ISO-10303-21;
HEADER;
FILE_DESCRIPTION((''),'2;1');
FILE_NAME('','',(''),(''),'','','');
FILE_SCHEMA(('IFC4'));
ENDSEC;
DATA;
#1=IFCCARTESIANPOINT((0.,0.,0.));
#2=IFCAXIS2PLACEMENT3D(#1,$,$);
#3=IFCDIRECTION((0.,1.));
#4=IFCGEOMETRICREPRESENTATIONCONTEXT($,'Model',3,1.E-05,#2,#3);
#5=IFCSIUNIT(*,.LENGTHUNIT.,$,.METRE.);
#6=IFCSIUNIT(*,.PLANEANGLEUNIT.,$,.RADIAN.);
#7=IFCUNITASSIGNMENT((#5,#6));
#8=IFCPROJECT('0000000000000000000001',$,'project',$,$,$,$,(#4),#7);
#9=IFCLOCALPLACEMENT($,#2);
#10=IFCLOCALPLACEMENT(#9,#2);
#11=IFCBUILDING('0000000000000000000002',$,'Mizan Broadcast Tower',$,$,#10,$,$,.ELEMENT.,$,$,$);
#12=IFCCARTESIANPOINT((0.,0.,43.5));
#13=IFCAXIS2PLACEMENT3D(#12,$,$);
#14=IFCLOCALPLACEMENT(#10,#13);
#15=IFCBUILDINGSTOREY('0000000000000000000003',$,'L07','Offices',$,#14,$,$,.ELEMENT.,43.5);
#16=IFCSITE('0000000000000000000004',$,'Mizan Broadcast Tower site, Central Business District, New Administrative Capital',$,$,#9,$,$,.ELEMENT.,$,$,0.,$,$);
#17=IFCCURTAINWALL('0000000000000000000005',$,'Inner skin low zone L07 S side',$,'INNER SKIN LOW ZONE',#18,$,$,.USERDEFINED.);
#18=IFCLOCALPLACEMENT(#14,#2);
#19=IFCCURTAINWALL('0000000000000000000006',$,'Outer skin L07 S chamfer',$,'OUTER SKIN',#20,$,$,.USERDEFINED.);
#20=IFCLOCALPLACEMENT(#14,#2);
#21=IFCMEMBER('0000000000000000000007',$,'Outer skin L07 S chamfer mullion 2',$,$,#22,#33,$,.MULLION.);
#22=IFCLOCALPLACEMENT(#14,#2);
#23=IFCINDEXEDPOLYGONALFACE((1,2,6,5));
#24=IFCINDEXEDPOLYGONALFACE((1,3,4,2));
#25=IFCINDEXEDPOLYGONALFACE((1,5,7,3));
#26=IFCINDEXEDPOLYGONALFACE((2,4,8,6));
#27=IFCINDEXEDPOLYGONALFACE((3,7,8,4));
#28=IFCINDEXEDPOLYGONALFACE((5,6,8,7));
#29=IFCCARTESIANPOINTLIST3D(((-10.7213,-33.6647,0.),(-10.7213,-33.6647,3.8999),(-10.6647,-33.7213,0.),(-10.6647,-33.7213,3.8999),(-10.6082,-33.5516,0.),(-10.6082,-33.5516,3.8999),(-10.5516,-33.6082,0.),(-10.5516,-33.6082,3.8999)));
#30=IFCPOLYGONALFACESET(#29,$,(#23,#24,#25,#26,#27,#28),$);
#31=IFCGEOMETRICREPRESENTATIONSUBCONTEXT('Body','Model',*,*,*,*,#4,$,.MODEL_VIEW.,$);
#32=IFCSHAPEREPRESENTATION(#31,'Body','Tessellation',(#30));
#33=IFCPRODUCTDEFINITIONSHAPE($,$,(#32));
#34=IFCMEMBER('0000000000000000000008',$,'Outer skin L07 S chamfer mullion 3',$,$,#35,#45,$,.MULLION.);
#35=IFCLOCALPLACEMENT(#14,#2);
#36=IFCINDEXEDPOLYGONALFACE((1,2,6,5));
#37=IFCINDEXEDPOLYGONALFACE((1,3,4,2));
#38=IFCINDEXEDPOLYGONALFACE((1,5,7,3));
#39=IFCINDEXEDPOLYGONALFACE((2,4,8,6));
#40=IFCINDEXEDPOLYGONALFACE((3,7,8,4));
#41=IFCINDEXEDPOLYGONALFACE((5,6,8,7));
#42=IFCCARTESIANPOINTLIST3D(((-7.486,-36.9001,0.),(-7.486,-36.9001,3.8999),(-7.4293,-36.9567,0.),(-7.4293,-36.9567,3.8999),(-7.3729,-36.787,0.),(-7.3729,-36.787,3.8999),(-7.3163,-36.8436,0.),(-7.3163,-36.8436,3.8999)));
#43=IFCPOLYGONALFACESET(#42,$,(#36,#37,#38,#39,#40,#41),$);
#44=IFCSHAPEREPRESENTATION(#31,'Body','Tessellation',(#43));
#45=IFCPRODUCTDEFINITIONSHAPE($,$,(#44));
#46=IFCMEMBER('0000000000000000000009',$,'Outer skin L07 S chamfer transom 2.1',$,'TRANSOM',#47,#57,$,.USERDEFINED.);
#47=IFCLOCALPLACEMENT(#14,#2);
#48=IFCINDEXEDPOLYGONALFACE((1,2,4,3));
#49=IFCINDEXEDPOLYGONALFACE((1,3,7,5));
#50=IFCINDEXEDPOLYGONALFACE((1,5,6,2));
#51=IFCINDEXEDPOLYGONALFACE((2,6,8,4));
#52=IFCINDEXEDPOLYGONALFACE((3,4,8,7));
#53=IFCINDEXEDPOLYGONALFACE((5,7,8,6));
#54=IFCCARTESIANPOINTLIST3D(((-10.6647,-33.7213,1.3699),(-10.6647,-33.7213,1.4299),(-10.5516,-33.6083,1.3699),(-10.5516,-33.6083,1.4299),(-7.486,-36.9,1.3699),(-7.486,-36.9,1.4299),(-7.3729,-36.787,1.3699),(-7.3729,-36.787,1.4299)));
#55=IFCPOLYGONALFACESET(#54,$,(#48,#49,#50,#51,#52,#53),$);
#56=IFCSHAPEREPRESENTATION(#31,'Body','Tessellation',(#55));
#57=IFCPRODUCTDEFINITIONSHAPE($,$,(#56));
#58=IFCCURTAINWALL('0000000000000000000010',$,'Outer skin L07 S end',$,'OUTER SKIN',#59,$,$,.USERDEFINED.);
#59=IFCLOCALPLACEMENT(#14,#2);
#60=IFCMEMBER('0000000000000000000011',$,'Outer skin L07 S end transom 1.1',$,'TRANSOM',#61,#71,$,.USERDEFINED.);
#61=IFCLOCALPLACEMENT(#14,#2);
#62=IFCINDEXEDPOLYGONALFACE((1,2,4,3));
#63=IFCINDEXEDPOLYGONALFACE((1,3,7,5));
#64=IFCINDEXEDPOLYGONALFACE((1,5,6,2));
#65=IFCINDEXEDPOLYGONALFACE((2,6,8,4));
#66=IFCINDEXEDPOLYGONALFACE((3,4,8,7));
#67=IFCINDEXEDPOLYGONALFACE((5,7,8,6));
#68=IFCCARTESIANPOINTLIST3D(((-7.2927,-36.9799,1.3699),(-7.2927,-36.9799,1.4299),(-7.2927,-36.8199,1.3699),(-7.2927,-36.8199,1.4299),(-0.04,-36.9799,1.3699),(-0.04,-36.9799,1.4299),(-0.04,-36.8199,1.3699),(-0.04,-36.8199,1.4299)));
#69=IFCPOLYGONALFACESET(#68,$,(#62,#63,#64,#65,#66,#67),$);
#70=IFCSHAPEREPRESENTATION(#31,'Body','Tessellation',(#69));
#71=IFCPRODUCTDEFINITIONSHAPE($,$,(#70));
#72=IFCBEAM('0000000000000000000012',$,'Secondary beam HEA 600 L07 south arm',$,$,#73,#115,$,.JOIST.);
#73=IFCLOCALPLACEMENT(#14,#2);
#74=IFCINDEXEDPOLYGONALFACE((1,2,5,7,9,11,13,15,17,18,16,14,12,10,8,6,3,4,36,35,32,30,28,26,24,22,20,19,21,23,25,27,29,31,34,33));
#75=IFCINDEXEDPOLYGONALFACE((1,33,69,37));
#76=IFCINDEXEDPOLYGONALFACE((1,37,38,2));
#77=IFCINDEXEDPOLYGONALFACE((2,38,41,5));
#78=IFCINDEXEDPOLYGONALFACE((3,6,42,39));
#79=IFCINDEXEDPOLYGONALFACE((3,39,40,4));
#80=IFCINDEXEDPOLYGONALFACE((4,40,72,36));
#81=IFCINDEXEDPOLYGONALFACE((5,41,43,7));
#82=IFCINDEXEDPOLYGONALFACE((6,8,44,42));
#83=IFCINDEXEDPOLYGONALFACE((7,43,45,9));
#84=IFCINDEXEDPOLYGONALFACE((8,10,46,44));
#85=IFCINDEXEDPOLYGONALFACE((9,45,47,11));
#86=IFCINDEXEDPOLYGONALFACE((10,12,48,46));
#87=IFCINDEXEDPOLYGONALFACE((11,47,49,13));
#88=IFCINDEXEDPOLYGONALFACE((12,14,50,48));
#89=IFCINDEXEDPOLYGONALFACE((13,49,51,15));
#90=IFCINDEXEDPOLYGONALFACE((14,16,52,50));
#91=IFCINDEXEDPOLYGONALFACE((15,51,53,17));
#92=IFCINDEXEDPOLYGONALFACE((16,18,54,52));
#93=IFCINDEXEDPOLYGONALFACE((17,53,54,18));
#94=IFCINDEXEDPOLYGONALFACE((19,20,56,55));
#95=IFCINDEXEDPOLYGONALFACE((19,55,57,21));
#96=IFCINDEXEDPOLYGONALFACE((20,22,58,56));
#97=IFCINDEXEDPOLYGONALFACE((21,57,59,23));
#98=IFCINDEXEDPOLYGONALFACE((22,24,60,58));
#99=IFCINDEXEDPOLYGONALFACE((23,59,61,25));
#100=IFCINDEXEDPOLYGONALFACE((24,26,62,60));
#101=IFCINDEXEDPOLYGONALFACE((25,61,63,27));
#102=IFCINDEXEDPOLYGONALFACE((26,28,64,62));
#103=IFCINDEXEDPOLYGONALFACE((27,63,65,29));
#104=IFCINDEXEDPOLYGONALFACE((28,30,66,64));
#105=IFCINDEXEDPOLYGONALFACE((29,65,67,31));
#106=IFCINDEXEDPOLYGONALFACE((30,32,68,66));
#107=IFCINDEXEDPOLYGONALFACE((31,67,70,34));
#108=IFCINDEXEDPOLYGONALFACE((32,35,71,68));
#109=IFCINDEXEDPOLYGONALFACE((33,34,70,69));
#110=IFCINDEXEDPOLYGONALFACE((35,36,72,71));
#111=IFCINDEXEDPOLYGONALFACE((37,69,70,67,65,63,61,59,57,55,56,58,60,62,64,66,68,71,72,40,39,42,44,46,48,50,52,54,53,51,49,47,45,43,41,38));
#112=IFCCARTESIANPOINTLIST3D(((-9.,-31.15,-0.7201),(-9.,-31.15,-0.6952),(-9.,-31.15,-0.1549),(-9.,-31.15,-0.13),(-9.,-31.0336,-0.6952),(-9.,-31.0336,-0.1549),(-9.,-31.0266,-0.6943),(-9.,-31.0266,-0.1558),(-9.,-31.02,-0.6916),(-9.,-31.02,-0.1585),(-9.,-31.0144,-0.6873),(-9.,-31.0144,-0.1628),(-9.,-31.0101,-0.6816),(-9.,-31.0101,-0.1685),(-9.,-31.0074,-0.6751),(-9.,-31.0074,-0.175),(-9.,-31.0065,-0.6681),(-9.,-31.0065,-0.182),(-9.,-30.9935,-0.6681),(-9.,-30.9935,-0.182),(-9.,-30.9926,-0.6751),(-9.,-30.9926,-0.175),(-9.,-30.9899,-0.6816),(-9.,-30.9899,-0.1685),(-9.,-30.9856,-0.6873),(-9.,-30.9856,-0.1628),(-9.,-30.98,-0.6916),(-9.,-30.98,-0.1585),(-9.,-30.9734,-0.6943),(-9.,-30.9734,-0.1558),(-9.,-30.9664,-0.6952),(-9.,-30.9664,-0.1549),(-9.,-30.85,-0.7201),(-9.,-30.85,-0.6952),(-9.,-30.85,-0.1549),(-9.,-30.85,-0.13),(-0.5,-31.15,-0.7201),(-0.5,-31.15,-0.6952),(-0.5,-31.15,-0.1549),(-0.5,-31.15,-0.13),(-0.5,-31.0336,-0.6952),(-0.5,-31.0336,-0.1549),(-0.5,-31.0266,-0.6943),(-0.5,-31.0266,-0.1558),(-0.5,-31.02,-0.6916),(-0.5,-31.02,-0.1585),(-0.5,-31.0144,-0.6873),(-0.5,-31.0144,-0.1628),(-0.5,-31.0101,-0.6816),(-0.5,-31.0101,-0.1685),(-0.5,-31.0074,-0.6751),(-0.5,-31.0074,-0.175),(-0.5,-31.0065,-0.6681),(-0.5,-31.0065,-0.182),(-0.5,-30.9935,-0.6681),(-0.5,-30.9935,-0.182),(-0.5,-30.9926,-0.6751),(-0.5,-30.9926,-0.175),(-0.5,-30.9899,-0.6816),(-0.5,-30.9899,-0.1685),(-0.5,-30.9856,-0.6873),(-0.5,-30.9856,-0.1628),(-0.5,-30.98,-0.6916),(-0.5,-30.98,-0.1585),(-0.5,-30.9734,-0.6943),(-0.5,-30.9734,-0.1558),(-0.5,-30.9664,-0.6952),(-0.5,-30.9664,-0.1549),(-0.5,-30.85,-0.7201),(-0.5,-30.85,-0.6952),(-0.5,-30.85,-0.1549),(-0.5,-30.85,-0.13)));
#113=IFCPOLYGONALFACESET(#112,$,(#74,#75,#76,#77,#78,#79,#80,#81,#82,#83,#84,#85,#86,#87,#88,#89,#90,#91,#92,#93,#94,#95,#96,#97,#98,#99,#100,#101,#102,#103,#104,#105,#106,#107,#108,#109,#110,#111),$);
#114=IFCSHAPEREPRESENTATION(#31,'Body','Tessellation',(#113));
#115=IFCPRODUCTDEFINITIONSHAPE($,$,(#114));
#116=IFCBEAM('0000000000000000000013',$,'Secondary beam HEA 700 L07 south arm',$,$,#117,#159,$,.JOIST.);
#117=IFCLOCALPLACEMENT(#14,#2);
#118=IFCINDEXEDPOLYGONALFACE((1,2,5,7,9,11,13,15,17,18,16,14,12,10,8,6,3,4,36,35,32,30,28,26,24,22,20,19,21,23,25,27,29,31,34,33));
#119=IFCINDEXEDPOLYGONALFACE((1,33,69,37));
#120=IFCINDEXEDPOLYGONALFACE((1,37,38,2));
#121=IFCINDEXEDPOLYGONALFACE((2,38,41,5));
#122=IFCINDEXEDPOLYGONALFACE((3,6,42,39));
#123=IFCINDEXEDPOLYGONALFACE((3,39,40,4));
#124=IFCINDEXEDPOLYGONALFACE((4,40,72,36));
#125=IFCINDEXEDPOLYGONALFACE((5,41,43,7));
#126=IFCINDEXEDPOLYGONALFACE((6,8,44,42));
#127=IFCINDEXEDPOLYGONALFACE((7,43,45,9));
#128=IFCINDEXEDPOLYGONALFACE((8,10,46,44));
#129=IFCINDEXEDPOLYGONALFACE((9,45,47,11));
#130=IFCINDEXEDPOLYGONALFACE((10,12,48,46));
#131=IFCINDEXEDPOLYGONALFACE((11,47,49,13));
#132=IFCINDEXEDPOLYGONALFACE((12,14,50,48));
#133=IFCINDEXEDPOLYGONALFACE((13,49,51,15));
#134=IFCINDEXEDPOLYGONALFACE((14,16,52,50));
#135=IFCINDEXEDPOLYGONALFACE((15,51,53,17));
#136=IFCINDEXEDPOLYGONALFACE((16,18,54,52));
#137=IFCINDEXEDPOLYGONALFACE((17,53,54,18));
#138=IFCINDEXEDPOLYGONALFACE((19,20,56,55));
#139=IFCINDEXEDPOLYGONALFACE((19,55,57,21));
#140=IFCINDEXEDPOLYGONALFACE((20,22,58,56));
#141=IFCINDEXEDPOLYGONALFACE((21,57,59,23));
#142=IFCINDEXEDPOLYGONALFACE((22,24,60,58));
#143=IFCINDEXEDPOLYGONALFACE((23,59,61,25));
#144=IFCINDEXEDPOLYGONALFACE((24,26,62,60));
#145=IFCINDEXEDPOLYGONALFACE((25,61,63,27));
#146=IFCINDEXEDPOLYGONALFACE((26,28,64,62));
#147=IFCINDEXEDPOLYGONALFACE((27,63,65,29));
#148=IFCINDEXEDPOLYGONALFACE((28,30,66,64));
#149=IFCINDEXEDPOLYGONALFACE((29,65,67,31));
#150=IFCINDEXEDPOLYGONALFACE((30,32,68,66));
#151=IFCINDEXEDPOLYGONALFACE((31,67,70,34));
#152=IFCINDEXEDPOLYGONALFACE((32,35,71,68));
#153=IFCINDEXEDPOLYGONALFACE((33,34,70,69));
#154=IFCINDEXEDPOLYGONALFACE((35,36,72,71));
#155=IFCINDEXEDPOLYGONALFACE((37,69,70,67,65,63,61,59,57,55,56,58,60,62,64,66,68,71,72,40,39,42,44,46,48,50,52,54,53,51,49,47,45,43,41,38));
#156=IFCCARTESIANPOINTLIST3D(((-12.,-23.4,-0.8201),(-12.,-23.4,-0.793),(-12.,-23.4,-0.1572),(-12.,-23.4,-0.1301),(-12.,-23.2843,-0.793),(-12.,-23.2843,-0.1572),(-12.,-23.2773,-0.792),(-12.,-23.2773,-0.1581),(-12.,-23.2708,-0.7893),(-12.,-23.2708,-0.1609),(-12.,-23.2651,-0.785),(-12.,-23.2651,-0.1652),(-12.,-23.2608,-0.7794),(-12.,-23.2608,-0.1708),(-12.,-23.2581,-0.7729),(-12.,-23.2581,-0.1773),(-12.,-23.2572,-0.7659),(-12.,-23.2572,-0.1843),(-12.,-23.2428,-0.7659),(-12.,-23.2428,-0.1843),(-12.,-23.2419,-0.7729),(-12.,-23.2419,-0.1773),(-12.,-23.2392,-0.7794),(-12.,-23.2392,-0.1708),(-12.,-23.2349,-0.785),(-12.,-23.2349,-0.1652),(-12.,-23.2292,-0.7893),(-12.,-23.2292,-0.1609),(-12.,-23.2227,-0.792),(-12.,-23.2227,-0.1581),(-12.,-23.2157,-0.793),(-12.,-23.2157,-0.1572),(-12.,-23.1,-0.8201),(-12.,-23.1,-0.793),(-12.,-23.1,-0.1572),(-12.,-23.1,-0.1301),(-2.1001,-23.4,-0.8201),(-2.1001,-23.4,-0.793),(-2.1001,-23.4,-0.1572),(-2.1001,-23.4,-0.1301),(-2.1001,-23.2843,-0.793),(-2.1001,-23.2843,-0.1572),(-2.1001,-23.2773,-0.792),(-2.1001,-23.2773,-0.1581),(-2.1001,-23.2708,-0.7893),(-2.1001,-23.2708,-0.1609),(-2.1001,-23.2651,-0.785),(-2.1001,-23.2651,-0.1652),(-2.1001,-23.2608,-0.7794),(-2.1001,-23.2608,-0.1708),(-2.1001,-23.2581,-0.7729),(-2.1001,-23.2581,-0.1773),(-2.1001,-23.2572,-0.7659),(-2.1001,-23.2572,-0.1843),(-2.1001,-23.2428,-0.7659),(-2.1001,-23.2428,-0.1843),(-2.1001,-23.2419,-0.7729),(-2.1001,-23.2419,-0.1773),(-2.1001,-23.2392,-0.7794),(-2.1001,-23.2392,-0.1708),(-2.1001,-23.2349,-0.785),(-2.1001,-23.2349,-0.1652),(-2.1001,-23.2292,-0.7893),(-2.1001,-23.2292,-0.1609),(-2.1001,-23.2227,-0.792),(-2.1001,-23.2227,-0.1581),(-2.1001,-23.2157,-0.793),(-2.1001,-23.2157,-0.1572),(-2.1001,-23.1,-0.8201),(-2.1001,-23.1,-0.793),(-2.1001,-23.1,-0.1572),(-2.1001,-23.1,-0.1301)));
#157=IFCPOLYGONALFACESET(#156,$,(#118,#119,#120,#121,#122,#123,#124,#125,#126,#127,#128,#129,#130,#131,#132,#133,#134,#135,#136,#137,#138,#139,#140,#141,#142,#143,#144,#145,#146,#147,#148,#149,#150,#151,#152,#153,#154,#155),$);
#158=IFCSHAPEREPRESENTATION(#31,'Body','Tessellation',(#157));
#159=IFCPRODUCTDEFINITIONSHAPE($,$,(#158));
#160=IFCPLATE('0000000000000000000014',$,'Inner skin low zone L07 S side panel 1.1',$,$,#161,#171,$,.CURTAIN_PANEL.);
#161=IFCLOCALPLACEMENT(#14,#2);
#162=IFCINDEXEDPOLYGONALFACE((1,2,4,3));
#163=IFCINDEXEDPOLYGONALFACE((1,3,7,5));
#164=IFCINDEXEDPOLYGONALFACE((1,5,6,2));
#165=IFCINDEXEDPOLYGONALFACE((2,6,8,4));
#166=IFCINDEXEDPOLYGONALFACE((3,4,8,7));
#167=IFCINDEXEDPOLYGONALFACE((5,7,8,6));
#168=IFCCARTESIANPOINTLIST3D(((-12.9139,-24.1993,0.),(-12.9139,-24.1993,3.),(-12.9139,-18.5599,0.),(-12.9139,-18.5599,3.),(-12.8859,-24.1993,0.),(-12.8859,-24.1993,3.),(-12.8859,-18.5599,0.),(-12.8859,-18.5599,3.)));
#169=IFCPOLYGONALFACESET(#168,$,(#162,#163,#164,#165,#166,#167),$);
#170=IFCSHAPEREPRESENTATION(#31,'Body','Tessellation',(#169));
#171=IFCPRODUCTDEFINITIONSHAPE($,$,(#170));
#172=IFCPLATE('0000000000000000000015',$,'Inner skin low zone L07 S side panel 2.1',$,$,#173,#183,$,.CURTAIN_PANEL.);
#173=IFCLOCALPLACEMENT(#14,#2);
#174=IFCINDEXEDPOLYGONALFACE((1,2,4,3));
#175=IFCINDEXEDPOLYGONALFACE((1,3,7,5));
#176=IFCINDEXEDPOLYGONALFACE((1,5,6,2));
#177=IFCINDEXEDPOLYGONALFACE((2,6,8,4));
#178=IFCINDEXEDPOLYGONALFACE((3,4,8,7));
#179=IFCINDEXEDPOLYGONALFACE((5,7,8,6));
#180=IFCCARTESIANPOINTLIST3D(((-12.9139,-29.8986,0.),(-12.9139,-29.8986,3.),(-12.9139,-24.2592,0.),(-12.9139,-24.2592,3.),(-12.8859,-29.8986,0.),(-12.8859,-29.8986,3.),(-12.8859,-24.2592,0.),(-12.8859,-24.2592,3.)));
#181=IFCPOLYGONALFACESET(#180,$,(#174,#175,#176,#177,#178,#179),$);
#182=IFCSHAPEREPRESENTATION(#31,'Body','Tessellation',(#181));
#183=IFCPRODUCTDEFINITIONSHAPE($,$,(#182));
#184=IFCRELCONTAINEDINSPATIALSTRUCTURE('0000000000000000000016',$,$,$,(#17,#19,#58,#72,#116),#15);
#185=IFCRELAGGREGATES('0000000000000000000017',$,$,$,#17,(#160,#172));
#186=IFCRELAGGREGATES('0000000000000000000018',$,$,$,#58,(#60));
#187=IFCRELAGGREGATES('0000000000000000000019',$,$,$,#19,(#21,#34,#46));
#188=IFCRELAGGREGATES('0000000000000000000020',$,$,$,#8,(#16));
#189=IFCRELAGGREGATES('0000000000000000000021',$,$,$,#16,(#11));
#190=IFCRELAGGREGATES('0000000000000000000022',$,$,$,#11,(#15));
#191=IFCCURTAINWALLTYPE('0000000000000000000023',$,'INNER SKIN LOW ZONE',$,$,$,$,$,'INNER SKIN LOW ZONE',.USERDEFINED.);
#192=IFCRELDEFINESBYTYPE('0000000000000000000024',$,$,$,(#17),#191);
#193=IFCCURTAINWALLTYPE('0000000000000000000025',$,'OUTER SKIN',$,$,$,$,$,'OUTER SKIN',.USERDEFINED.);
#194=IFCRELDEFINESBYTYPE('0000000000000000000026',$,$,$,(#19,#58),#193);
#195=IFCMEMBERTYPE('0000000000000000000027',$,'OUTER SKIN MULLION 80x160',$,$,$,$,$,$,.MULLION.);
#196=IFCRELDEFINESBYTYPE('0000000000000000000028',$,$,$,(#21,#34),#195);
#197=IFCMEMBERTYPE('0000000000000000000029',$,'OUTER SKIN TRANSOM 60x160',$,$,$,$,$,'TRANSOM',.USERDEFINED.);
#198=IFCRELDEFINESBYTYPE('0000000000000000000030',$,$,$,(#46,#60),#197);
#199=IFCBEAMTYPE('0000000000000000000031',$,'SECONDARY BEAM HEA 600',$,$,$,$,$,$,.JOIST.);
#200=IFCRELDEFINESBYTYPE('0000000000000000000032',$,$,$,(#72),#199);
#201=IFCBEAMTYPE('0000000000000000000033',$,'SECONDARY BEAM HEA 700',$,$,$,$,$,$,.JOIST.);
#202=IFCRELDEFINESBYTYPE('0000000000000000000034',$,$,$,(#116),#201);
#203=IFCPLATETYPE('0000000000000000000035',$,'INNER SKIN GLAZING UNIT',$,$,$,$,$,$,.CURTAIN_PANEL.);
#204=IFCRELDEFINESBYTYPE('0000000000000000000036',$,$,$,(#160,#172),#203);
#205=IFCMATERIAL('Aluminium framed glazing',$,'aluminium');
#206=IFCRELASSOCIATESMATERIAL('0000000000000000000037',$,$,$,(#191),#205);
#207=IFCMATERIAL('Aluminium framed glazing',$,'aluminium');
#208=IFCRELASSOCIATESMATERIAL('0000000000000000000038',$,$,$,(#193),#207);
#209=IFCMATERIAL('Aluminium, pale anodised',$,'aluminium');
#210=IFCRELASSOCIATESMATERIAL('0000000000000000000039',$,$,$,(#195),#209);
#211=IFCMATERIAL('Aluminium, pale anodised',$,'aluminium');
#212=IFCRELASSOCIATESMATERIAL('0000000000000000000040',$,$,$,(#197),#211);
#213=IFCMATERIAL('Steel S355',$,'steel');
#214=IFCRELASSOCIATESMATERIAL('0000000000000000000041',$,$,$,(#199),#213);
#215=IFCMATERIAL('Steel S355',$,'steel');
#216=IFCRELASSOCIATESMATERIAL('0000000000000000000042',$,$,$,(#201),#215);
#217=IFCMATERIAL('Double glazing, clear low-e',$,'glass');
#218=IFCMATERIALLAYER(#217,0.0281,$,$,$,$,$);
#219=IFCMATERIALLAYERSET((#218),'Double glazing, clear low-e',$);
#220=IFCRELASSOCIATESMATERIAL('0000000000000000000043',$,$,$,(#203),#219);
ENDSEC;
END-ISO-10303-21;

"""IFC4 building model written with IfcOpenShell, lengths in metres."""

from ifc_helpers import new_model, si_unit, direction, frame, origin, origin_2d, place, context, subcontext, project, spatial, rectangle, i_section, extrude, material, layer, layer_set, material_profile, profile_set, type_object, element, aggregate, save


model = new_model("IFC4")

# Units and contexts
model_context = context("Model", 3, precision=1e-05, world=origin(), true_north=direction((0.0, 1.0)))
body_context = subcontext(model_context, "Body", "Model", "MODEL_VIEW")
ifc_project = project(units=[si_unit("LENGTHUNIT", "METRE"), si_unit("PLANEANGLEUNIT", "RADIAN")], contexts=[model_context])

# Site, building, storey
site_placement = place(None, origin())
site = spatial("IfcSite", under=ifc_project, at=site_placement, Name="Mizan Broadcast Tower site, Central Business District, New Administrative Capital", CompositionType="ELEMENT", RefElevation=0.0)
building_placement = place(site_placement, origin())
building = spatial("IfcBuilding", under=site, at=building_placement, Name="Mizan Broadcast Tower", CompositionType="ELEMENT")
storey_placement = place(building_placement, frame((0.0, 0.0, 43.5)))
storey = spatial("IfcBuildingStorey", under=building, at=storey_placement, Name="L07", Description="Offices", CompositionType="ELEMENT", Elevation=43.5)

# Curtain wall
ifc_material_1 = material(Name="Aluminium framed glazing", Category="aluminium")
curtain_wall_type_1 = type_object("IfcCurtainWallType", Name="INNER SKIN LOW ZONE", ElementType="INNER SKIN LOW ZONE", PredefinedType="USERDEFINED", material=ifc_material_1)
curtain_wall_1_placement = place(storey_placement, origin())
curtain_wall_1 = element("IfcCurtainWall", 1, at=curtain_wall_1_placement, inside=storey, type_object=curtain_wall_type_1, Name="Inner skin low zone L07 S side", ObjectType="INNER SKIN LOW ZONE", PredefinedType="USERDEFINED")

# Curtain wall, members
ifc_material_2 = material(Name="Aluminium framed glazing", Category="aluminium")
curtain_wall_type_2 = type_object("IfcCurtainWallType", Name="OUTER SKIN", ElementType="OUTER SKIN", PredefinedType="USERDEFINED", material=ifc_material_2)
curtain_wall_2_placement = place(storey_placement, origin())
curtain_wall_2 = element("IfcCurtainWall", 2, at=curtain_wall_2_placement, inside=storey, type_object=curtain_wall_type_2, Name="Outer skin L07 S chamfer", ObjectType="OUTER SKIN", PredefinedType="USERDEFINED")
ifc_material_3 = material(Name="Aluminium, pale anodised", Category="aluminium")
ifc_material_profile_1 = material_profile(ifc_material_3, rectangle(XDim=0.1599, YDim=0.0801, at=origin_2d()), Name="MULLION 160x80")
ifc_profile_set_1 = profile_set([ifc_material_profile_1], Name="Aluminium, pale anodised")
member_type_1 = type_object("IfcMemberType", Name="OUTER SKIN MULLION 80x160", PredefinedType="MULLION", material=ifc_profile_set_1)
member_1_placement = place(storey_placement, frame((-10.6365, -33.6365, 0.0), z_axis=(0.0, 0.0, 1.0), x_axis=(0.707107, 0.707107, 0.0)))
member_1 = element("IfcMember", 3, at=member_1_placement, type_object=member_type_1, Name="Outer skin L07 S chamfer mullion 2", PredefinedType="MULLION", context=body_context, shape_type="SweptSolid", body=[
    extrude(rectangle(XDim=0.1599, YDim=0.0801, at=origin_2d()), origin(), (0.0, 0.0, 1.0), 3.8999),
])
member_2_placement = place(storey_placement, frame((-7.4011, -36.8718, 0.0), z_axis=(0.0, 0.0, 1.0), x_axis=(0.707107, 0.707107, 0.0)))
member_2 = element("IfcMember", 4, at=member_2_placement, type_object=member_type_1, Name="Outer skin L07 S chamfer mullion 3", PredefinedType="MULLION", context=body_context, shape_type="SweptSolid", body=[
    extrude(rectangle(XDim=0.1599, YDim=0.0801, at=origin_2d()), origin(), (0.0, 0.0, 1.0), 3.8999),
])
ifc_material_4 = material(Name="Aluminium, pale anodised", Category="aluminium")
ifc_material_profile_2 = material_profile(ifc_material_4, rectangle(XDim=0.1599, YDim=0.0601, at=origin_2d()), Name="TRANSOM 160x60")
ifc_profile_set_2 = profile_set([ifc_material_profile_2], Name="Aluminium, pale anodised")
member_type_2 = type_object("IfcMemberType", Name="OUTER SKIN TRANSOM 60x160", ElementType="TRANSOM", PredefinedType="USERDEFINED", material=ifc_profile_set_2)
member_3_placement = place(storey_placement, frame((-10.6082, -33.6648, 1.3999), z_axis=(0.707107, -0.707107, 0.0), x_axis=(0.707107, 0.707107, 0.0)))
member_3 = element("IfcMember", 5, at=member_3_placement, type_object=member_type_2, Name="Outer skin L07 S chamfer transom 2.1", ObjectType="TRANSOM", PredefinedType="USERDEFINED", context=body_context, shape_type="SweptSolid", body=[
    extrude(rectangle(XDim=0.1599, YDim=0.0601, at=origin_2d()), origin(), (0.0, 0.0, 1.0), 4.4954),
])

# Curtain wall, member
curtain_wall_3_placement = place(storey_placement, origin())
curtain_wall_3 = element("IfcCurtainWall", 6, at=curtain_wall_3_placement, inside=storey, type_object=curtain_wall_type_2, Name="Outer skin L07 S end", ObjectType="OUTER SKIN", PredefinedType="USERDEFINED")
member_4_placement = place(storey_placement, frame((-7.2927, -36.8999, 1.3999), z_axis=(1.0, 0.0, 0.0), x_axis=(0.0, 1.0, 0.0)))
member_4 = element("IfcMember", 7, at=member_4_placement, type_object=member_type_2, Name="Outer skin L07 S end transom 1.1", ObjectType="TRANSOM", PredefinedType="USERDEFINED", context=body_context, shape_type="SweptSolid", body=[
    extrude(rectangle(XDim=0.1599, YDim=0.0601, at=origin_2d()), origin(), (0.0, 0.0, 1.0), 7.2527),
])

# Beams
ifc_material_5 = material(Name="Steel S355", Category="steel")
ifc_material_profile_3 = material_profile(ifc_material_5, i_section(OverallWidth=0.3, OverallDepth=0.5901, WebThickness=0.0129, FlangeThickness=0.0249, FilletRadius=0.0271, at=origin_2d()), Name="HEA 600")
ifc_profile_set_3 = profile_set([ifc_material_profile_3], Name="Steel S355")
beam_type_1 = type_object("IfcBeamType", Name="SECONDARY BEAM HEA 600", PredefinedType="JOIST", material=ifc_profile_set_3)
beam_1_placement = place(storey_placement, frame((-9.0, -31.0, -0.425), z_axis=(1.0, 0.0, 0.0), x_axis=(0.0, 1.0, 0.0)))
element("IfcBeam", 8, at=beam_1_placement, inside=storey, type_object=beam_type_1, Name="Secondary beam HEA 600 L07 south arm", PredefinedType="JOIST", context=body_context, shape_type="SweptSolid", body=[
    extrude(i_section(OverallWidth=0.3, OverallDepth=0.5901, WebThickness=0.0129, FlangeThickness=0.0249, FilletRadius=0.0271, at=origin_2d()), origin(), (0.0, 0.0, 1.0), 8.5),
])
ifc_material_6 = material(Name="Steel S355", Category="steel")
ifc_material_profile_4 = material_profile(ifc_material_6, i_section(OverallWidth=0.3, OverallDepth=0.6899, WebThickness=0.0144, FlangeThickness=0.0271, FilletRadius=0.0271, at=origin_2d()), Name="HEA 700")
ifc_profile_set_4 = profile_set([ifc_material_profile_4], Name="Steel S355")
beam_type_2 = type_object("IfcBeamType", Name="SECONDARY BEAM HEA 700", PredefinedType="JOIST", material=ifc_profile_set_4)
beam_2_placement = place(storey_placement, frame((-12.0, -23.25, -0.4751), z_axis=(1.0, 0.0, 0.0), x_axis=(0.0, 1.0, 0.0)))
element("IfcBeam", 9, at=beam_2_placement, inside=storey, type_object=beam_type_2, Name="Secondary beam HEA 700 L07 south arm", PredefinedType="JOIST", context=body_context, shape_type="SweptSolid", body=[
    extrude(i_section(OverallWidth=0.3, OverallDepth=0.6899, WebThickness=0.0144, FlangeThickness=0.0271, FilletRadius=0.0271, at=origin_2d()), origin(), (0.0, 0.0, 1.0), 9.8999),
])

# Plates
ifc_material_7 = material(Name="Double glazing, clear low-e", Category="glass")
ifc_layer_1 = layer(ifc_material_7, 0.0281)
ifc_layer_set_1 = layer_set([ifc_layer_1], Name="Double glazing, clear low-e")
plate_type_1 = type_object("IfcPlateType", Name="INNER SKIN GLAZING UNIT", PredefinedType="CURTAIN_PANEL", material=ifc_layer_set_1)
plate_1_placement = place(storey_placement, frame((-12.8999, -21.3796, 0.0), z_axis=(0.0, 0.0, 1.0), x_axis=(0.0, -1.0, 0.0)))
plate_1 = element("IfcPlate", 10, at=plate_1_placement, type_object=plate_type_1, Name="Inner skin low zone L07 S side panel 1.1", PredefinedType="CURTAIN_PANEL", context=body_context, shape_type="SweptSolid", body=[
    extrude(rectangle(XDim=5.6394, YDim=0.0281, at=origin_2d()), origin(), (0.0, 0.0, 1.0), 3.0),
])
plate_2_placement = place(storey_placement, frame((-12.8999, -27.0789, 0.0), z_axis=(0.0, 0.0, 1.0), x_axis=(0.0, -1.0, 0.0)))
plate_2 = element("IfcPlate", 11, at=plate_2_placement, type_object=plate_type_1, Name="Inner skin low zone L07 S side panel 2.1", PredefinedType="CURTAIN_PANEL", context=body_context, shape_type="SweptSolid", body=[
    extrude(rectangle(XDim=5.6394, YDim=0.0281, at=origin_2d()), origin(), (0.0, 0.0, 1.0), 3.0),
])
aggregate(curtain_wall_1, [plate_1, plate_2])
aggregate(curtain_wall_3, [member_4])
aggregate(curtain_wall_2, [member_1, member_2, member_3])

save(model, "model.ifc")
